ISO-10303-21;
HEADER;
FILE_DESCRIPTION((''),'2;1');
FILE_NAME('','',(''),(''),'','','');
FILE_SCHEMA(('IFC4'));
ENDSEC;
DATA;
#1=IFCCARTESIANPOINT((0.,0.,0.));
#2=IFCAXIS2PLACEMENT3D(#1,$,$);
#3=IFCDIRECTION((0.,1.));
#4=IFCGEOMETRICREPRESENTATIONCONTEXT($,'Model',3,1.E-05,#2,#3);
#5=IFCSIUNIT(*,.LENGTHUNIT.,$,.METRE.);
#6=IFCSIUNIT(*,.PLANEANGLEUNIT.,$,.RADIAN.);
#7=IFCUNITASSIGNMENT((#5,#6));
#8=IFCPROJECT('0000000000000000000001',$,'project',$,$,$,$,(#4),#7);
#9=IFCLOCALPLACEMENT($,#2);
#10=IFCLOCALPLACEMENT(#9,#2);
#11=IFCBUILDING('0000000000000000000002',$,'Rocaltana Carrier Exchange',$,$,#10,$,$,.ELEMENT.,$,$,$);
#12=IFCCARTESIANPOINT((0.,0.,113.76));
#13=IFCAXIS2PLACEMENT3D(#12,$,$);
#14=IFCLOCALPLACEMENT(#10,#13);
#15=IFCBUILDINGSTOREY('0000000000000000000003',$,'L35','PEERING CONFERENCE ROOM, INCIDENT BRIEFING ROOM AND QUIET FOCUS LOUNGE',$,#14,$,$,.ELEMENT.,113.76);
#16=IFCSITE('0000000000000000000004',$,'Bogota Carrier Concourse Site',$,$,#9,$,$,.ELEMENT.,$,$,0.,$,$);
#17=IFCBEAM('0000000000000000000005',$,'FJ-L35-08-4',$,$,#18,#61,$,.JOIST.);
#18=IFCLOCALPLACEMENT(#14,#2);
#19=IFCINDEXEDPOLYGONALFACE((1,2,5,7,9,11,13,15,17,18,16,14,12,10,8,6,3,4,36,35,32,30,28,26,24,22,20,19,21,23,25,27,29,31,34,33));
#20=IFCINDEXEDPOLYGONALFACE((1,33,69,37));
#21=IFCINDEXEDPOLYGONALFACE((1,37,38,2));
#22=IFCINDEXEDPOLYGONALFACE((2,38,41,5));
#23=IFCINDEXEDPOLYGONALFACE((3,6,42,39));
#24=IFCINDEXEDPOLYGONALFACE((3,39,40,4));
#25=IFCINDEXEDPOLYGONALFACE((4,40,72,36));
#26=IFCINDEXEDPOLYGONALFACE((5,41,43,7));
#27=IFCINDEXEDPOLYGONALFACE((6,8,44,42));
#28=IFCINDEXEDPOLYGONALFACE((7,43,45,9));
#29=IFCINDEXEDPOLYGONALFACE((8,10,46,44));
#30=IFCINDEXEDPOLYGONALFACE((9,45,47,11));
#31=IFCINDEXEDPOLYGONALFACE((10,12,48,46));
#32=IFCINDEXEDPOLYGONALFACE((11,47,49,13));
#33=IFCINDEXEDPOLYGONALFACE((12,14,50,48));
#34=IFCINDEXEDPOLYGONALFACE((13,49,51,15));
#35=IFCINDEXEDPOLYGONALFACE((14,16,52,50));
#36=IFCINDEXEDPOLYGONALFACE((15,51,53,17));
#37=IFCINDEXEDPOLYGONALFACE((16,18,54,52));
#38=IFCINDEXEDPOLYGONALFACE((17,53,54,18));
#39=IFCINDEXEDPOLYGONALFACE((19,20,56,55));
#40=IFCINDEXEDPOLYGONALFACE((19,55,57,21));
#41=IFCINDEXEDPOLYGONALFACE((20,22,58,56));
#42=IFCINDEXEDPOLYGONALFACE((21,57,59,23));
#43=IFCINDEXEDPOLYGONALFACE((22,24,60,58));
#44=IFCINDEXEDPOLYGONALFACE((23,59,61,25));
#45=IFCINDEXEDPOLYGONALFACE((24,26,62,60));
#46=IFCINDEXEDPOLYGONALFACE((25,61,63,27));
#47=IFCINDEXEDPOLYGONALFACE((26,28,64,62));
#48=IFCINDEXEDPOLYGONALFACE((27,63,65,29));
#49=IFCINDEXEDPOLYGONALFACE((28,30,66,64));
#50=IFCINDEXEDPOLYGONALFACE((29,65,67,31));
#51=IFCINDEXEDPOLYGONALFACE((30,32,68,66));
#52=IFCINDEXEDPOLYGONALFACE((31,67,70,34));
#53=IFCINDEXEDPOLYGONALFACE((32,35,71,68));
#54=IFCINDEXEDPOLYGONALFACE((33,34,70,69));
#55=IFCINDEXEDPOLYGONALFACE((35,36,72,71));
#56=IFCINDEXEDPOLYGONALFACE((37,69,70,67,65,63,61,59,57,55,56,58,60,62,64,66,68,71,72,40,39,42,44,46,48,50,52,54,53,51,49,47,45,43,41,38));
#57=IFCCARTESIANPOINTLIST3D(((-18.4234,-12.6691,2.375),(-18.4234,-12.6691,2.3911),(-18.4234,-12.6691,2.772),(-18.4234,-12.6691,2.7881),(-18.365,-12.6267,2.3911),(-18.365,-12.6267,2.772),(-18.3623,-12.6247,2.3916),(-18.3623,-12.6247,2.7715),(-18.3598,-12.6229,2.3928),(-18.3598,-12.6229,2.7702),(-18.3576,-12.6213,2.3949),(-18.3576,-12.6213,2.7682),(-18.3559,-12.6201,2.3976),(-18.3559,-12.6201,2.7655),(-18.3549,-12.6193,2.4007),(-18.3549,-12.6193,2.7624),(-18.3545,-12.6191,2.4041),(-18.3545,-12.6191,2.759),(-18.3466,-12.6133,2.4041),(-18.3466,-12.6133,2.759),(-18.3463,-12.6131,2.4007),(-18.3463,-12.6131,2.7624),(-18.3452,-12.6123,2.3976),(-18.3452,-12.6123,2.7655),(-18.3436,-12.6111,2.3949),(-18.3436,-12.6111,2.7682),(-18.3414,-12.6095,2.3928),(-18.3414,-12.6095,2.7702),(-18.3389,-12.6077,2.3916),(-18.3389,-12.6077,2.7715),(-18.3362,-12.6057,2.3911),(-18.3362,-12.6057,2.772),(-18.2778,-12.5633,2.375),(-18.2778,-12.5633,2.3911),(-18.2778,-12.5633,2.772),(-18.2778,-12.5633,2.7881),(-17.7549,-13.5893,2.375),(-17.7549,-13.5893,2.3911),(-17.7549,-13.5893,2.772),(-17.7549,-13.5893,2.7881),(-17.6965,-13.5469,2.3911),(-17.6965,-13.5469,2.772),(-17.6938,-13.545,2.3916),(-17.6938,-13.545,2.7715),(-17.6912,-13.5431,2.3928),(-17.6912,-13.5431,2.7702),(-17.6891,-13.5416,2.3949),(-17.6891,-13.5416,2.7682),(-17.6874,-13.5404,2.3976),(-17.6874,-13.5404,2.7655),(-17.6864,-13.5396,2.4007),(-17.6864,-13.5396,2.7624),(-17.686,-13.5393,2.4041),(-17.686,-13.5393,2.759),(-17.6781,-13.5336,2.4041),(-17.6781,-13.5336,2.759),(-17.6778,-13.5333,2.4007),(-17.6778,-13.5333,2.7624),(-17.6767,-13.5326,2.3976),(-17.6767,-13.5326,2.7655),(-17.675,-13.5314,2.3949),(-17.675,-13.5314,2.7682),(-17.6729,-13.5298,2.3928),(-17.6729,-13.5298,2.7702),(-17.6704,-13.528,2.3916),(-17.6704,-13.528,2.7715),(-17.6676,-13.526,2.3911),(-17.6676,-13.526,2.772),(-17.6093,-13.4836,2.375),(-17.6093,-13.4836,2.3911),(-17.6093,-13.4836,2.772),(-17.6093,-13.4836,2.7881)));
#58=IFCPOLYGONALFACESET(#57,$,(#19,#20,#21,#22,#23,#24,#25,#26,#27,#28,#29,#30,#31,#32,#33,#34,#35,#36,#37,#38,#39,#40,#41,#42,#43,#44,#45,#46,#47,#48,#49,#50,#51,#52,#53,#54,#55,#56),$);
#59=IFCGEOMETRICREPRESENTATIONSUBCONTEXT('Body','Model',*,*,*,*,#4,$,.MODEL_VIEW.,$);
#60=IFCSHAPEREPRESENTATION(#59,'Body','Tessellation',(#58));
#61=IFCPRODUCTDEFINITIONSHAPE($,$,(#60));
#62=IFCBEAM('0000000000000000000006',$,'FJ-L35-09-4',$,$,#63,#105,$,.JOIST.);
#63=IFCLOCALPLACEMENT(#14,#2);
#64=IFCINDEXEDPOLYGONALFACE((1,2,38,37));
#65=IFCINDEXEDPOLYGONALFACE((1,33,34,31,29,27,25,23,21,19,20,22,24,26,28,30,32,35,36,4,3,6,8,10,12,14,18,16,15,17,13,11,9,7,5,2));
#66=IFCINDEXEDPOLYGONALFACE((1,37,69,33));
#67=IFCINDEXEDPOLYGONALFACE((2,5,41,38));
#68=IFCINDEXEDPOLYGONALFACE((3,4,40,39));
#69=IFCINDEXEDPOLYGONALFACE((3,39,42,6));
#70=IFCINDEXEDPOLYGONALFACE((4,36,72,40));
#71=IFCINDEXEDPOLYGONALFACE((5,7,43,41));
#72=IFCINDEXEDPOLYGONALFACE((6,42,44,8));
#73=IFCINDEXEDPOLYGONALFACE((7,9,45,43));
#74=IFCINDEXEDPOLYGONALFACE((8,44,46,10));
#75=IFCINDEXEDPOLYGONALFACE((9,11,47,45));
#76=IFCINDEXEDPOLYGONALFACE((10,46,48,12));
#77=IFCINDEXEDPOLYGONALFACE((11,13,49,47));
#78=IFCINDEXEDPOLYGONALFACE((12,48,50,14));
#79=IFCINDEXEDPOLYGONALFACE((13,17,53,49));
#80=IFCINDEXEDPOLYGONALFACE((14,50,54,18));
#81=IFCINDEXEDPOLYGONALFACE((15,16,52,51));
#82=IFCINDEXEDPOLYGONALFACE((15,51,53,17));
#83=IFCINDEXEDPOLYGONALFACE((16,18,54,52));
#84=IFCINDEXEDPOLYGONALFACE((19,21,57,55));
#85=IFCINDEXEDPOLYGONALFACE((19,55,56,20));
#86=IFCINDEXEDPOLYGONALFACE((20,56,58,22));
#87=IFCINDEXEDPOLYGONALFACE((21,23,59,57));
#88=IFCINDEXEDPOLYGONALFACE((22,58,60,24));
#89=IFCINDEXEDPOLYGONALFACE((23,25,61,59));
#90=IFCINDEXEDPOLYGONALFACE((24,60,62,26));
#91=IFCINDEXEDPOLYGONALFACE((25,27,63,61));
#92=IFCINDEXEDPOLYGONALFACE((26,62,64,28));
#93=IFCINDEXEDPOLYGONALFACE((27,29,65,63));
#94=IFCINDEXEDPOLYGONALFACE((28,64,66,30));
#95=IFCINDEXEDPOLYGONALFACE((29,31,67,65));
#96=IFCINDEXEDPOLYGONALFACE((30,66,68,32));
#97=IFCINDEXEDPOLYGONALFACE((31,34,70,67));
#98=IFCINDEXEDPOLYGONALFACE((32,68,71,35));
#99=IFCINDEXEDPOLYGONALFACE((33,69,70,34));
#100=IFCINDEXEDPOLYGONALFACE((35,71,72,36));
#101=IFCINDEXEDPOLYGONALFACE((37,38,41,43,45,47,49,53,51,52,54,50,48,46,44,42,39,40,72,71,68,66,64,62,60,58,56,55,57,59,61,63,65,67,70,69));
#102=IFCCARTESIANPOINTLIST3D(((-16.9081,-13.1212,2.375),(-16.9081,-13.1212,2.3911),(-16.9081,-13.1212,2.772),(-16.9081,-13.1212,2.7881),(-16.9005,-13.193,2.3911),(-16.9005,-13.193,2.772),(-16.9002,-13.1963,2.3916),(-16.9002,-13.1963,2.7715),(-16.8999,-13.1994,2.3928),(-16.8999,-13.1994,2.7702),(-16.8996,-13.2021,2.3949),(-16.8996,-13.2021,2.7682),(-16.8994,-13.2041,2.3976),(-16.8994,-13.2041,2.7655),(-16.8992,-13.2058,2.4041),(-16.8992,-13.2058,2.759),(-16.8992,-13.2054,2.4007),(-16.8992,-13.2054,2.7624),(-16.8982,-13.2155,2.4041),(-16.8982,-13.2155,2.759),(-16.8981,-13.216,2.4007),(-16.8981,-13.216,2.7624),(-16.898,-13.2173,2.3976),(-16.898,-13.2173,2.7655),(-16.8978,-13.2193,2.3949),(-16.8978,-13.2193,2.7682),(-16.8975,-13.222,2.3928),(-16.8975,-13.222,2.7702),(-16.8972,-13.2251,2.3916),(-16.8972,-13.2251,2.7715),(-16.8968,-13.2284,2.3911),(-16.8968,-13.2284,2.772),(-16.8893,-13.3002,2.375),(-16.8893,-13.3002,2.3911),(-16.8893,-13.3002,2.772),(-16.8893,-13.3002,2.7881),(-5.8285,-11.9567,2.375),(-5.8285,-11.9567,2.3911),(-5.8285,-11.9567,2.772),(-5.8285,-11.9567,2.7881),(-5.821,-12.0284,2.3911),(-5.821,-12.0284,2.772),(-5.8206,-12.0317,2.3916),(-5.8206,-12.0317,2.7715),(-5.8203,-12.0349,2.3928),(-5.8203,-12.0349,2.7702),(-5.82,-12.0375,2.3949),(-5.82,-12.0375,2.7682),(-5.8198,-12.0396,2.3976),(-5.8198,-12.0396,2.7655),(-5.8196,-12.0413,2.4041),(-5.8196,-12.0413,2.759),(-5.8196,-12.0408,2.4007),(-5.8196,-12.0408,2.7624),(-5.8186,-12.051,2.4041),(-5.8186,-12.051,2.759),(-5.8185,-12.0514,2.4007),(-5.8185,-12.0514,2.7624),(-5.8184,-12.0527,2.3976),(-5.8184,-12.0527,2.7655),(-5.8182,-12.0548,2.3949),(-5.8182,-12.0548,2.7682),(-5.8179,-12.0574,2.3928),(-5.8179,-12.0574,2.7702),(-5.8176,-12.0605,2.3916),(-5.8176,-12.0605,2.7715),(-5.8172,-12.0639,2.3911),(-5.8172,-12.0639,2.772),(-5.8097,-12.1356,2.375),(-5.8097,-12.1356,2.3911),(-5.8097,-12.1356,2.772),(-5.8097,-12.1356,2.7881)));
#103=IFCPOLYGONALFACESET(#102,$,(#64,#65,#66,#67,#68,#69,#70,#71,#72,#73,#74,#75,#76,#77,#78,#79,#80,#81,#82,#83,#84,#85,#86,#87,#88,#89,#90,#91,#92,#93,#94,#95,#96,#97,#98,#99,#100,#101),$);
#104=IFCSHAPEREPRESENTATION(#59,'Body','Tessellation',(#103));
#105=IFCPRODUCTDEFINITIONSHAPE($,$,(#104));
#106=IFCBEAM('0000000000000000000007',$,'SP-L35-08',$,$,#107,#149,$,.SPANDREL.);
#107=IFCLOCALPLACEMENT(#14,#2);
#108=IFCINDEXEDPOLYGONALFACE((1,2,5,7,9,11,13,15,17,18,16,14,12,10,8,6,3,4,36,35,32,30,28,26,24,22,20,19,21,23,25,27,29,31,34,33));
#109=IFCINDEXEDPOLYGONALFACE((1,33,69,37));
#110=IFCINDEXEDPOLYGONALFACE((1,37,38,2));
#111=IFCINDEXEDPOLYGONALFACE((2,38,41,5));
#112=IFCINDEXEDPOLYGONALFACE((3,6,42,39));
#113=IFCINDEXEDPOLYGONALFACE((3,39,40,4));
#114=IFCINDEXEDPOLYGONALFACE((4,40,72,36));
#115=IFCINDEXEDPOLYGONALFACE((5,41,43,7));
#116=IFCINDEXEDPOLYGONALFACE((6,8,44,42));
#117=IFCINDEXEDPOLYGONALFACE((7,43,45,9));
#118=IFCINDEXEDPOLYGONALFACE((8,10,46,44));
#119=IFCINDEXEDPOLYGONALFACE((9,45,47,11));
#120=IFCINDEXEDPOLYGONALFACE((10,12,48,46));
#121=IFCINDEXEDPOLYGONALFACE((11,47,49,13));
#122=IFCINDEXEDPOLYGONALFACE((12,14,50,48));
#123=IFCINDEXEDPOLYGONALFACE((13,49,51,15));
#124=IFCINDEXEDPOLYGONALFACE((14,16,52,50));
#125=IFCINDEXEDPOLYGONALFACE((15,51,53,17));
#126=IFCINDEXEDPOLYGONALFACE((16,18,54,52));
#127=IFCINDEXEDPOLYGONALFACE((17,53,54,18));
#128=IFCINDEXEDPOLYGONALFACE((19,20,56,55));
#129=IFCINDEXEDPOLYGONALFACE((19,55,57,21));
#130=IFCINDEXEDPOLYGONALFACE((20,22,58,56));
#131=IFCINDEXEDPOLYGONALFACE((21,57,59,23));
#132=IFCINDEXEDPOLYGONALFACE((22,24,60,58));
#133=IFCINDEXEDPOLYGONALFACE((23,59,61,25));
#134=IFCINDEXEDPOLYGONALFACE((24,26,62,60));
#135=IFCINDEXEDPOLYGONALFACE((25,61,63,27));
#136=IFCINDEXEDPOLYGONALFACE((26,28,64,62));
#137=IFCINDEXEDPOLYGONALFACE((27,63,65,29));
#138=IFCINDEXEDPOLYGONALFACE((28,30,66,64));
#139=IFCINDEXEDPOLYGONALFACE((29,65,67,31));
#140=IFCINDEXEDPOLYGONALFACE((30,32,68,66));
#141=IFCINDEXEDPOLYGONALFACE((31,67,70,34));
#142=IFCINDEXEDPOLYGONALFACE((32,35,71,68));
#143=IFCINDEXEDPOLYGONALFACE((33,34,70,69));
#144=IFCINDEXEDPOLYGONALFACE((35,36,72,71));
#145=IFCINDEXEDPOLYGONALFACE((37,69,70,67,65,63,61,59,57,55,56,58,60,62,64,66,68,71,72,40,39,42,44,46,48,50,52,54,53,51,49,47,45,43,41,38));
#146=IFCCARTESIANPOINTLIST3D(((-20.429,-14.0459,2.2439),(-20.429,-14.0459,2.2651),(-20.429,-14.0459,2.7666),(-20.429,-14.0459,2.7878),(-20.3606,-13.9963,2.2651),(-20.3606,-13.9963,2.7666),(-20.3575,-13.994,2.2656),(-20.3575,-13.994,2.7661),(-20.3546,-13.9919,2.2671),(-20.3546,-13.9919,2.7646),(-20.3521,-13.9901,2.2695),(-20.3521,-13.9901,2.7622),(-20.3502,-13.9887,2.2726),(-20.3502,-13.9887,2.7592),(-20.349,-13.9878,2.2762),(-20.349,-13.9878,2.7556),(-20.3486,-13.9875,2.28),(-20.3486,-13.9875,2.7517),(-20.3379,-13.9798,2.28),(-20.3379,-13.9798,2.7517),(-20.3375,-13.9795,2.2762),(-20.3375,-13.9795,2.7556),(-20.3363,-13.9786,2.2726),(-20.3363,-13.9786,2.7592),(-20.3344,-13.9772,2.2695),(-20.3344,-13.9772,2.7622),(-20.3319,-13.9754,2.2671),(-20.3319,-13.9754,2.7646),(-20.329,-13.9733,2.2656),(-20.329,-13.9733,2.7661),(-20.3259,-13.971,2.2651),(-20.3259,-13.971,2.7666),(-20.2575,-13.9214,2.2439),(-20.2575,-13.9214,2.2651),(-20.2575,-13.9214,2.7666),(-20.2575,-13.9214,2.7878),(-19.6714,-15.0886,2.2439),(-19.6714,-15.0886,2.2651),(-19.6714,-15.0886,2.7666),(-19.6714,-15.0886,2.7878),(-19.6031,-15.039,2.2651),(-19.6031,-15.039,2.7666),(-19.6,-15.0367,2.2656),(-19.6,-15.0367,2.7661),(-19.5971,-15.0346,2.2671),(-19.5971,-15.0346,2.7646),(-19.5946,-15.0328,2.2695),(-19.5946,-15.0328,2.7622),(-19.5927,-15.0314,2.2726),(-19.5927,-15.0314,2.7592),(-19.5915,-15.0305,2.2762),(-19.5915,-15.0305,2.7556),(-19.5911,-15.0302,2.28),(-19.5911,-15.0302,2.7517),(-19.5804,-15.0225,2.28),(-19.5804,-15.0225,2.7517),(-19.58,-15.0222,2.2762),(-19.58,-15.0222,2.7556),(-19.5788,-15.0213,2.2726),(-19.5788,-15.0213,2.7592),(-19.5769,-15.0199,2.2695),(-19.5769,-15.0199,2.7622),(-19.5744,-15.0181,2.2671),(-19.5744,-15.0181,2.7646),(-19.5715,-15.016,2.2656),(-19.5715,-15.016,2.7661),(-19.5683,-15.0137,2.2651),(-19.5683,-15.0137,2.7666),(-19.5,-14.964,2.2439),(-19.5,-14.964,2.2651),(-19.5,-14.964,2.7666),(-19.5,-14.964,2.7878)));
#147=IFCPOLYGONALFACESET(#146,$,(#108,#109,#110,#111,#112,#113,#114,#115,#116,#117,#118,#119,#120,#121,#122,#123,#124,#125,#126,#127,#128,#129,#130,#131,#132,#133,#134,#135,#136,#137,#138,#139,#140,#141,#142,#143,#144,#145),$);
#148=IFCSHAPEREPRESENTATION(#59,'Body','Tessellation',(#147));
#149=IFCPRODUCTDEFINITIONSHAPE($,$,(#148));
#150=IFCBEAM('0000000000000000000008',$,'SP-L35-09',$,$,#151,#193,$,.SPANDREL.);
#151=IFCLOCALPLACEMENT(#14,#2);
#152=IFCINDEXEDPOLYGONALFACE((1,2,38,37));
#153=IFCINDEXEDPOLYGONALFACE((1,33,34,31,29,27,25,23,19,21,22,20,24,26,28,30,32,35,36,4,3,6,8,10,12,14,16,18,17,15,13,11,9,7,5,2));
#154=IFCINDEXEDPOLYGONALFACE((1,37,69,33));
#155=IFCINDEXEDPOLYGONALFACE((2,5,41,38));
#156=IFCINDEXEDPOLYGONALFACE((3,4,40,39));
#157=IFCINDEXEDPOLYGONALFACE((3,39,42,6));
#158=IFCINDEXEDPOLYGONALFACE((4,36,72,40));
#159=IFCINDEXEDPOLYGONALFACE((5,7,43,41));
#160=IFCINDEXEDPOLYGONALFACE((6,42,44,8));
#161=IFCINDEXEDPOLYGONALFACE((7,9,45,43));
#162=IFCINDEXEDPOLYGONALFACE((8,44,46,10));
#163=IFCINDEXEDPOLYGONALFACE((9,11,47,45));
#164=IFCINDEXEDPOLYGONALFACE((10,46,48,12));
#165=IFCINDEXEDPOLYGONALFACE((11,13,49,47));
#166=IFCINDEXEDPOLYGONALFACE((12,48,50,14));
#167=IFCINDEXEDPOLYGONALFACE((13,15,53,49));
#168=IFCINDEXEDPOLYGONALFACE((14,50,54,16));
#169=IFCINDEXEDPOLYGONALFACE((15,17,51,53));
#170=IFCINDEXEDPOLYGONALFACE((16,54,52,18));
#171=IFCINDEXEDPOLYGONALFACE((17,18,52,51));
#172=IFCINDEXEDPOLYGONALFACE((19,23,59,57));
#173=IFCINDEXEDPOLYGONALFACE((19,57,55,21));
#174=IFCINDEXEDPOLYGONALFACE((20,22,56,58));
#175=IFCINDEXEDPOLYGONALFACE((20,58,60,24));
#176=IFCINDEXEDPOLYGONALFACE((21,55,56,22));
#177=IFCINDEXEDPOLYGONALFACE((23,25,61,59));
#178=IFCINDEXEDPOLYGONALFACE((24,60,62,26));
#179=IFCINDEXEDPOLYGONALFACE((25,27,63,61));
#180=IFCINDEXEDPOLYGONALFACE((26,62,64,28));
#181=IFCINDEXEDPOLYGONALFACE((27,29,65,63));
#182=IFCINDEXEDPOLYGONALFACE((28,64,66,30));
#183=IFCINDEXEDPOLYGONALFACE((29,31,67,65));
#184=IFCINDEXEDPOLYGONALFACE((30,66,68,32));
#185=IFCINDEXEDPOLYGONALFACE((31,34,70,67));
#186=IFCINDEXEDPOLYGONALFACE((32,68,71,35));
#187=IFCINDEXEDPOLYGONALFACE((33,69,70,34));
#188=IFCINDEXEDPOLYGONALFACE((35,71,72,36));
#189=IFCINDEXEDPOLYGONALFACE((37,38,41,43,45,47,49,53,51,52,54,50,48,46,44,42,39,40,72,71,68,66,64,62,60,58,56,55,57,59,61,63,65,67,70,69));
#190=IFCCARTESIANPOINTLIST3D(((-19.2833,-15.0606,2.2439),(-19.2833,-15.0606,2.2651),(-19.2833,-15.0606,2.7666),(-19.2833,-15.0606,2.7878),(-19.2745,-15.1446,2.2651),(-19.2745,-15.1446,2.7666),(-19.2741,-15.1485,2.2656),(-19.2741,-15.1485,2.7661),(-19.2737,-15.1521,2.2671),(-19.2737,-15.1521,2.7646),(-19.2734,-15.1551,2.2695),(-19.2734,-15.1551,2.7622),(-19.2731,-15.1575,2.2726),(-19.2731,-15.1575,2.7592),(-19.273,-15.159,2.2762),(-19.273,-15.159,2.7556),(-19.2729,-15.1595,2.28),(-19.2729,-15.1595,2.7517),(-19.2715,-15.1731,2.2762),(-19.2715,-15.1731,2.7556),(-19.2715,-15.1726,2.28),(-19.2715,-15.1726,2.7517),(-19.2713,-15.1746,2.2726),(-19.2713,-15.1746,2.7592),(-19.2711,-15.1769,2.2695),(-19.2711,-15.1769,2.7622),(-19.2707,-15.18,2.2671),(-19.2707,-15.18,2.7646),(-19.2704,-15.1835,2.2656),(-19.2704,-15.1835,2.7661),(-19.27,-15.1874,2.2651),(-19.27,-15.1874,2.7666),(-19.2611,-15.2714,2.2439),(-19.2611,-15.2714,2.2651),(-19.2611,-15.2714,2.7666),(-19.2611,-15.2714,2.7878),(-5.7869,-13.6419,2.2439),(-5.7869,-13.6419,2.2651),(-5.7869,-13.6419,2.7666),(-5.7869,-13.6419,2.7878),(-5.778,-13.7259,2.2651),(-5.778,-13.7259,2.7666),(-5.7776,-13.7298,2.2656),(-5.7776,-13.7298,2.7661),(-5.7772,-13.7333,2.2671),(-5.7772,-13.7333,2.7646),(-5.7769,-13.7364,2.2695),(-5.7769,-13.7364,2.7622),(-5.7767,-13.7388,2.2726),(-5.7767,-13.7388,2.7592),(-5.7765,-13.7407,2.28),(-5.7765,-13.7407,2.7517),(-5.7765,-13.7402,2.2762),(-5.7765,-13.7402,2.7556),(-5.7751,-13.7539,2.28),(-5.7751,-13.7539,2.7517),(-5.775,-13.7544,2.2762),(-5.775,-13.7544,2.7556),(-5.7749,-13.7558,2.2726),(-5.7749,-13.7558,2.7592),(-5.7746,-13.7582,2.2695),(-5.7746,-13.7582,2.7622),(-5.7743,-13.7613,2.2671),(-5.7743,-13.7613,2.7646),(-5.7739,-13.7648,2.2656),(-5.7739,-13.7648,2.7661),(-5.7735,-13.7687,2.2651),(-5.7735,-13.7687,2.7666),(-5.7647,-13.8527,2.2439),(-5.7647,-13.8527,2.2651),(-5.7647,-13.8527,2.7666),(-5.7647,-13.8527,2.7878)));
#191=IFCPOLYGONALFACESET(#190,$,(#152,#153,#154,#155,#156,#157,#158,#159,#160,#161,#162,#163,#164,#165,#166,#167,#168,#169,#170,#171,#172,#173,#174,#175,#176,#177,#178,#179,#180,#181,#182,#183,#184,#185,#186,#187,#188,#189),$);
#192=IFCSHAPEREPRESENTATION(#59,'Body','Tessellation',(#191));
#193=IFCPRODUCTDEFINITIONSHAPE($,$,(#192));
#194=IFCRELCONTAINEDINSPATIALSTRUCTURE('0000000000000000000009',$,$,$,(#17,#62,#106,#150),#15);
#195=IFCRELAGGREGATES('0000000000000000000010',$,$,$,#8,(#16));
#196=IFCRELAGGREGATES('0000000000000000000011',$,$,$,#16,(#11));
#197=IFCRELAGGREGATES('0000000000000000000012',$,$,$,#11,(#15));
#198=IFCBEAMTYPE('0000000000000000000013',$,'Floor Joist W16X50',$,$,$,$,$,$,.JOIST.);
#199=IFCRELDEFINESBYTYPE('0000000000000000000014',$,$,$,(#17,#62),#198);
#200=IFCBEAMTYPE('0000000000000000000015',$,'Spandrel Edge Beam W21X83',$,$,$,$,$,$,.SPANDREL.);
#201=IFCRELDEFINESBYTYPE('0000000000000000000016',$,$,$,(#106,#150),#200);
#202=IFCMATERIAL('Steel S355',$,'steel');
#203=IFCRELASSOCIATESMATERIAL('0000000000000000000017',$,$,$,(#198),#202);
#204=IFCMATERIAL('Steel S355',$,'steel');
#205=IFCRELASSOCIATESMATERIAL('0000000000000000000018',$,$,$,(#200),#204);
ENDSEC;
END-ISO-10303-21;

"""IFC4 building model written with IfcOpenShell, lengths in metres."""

from ifc_helpers import new_model, si_unit, direction, frame, origin, origin_2d, place, context, subcontext, project, spatial, i_section, extrude, material, material_profile, profile_set, type_object, element, save


model = new_model("IFC4")

# Units and contexts
model_context = context("Model", 3, precision=1e-05, world=origin(), true_north=direction((0.0, 1.0)))
body_context = subcontext(model_context, "Body", "Model", "MODEL_VIEW")
ifc_project = project(units=[si_unit("LENGTHUNIT", "METRE"), si_unit("PLANEANGLEUNIT", "RADIAN")], contexts=[model_context])

# Site, building, storey
site_placement = place(None, origin())
site = spatial("IfcSite", under=ifc_project, at=site_placement, Name="Bogota Carrier Concourse Site", CompositionType="ELEMENT", RefElevation=0.0)
building_placement = place(site_placement, origin())
building = spatial("IfcBuilding", under=site, at=building_placement, Name="Rocaltana Carrier Exchange", CompositionType="ELEMENT")
storey_placement = place(building_placement, frame((0.0, 0.0, 113.76)))
storey = spatial("IfcBuildingStorey", under=building, at=storey_placement, Name="L35", Description="PEERING CONFERENCE ROOM, INCIDENT BRIEFING ROOM AND QUIET FOCUS LOUNGE", CompositionType="ELEMENT", Elevation=113.76)

# Beams
ifc_material_1 = material(Name="Steel S355", Category="steel")
ifc_material_profile_1 = material_profile(ifc_material_1, i_section(OverallWidth=0.1799, OverallDepth=0.4131, WebThickness=0.0098, FlangeThickness=0.0161, FilletRadius=0.0129, at=origin_2d()), Name="W16X50")
ifc_profile_set_1 = profile_set([ifc_material_profile_1], Name="Steel S355")
beam_type_1 = type_object("IfcBeamType", Name="Floor Joist W16X50", PredefinedType="JOIST", material=ifc_profile_set_1)
beam_1_placement = place(storey_placement, frame((-18.3506, -12.6162, 2.5815), z_axis=(0.587738, -0.809052, 0.0), x_axis=(0.809052, 0.587738, 0.0)))
element("IfcBeam", 1, at=beam_1_placement, inside=storey, type_object=beam_type_1, Name="FJ-L35-08-4", PredefinedType="JOIST", context=body_context, shape_type="SweptSolid", body=[
    extrude(i_section(OverallWidth=0.1799, OverallDepth=0.4131, WebThickness=0.0098, FlangeThickness=0.0161, FilletRadius=0.0129, at=origin_2d()), origin(), (0.0, 0.0, 1.0), 1.1375),
])
beam_2_placement = place(storey_placement, frame((-16.8987, -13.2107, 2.5815), z_axis=(0.994522, 0.104532, 0.0), x_axis=(-0.104532, 0.994522, 0.0)))
element("IfcBeam", 2, at=beam_2_placement, inside=storey, type_object=beam_type_1, Name="FJ-L35-09-4", PredefinedType="JOIST", context=body_context, shape_type="SweptSolid", body=[
    extrude(i_section(OverallWidth=0.1799, OverallDepth=0.4131, WebThickness=0.0098, FlangeThickness=0.0161, FilletRadius=0.0129, at=origin_2d()), origin(), (0.0, 0.0, 1.0), 11.1406),
])
ifc_material_2 = material(Name="Steel S355", Category="steel")
ifc_material_profile_2 = material_profile(ifc_material_2, i_section(OverallWidth=0.2119, OverallDepth=0.5439, WebThickness=0.0132, FlangeThickness=0.0212, FilletRadius=0.0149, at=origin_2d()), Name="W21X83")
ifc_profile_set_2 = profile_set([ifc_material_profile_2], Name="Steel S355")
beam_type_2 = type_object("IfcBeamType", Name="Spandrel Edge Beam W21X83", PredefinedType="SPANDREL", material=ifc_profile_set_2)
beam_3_placement = place(storey_placement, frame((-20.3433, -13.9836, 2.5159), z_axis=(0.587777, -0.809023, 0.0), x_axis=(0.809023, 0.587777, 0.0)))
element("IfcBeam", 3, at=beam_3_placement, inside=storey, type_object=beam_type_2, Name="SP-L35-08", PredefinedType="SPANDREL", context=body_context, shape_type="SweptSolid", body=[
    extrude(i_section(OverallWidth=0.2119, OverallDepth=0.5439, WebThickness=0.0132, FlangeThickness=0.0212, FilletRadius=0.0149, at=origin_2d()), origin(), (0.0, 0.0, 1.0), 1.2888),
])
beam_4_placement = place(storey_placement, frame((-19.2722, -15.166, 2.5159), z_axis=(0.994521, 0.104542, 0.0), x_axis=(-0.104542, 0.994521, 0.0)))
element("IfcBeam", 4, at=beam_4_placement, inside=storey, type_object=beam_type_2, Name="SP-L35-09", PredefinedType="SPANDREL", context=body_context, shape_type="SweptSolid", body=[
    extrude(i_section(OverallWidth=0.2119, OverallDepth=0.5439, WebThickness=0.0132, FlangeThickness=0.0212, FilletRadius=0.0149, at=origin_2d()), origin(), (0.0, 0.0, 1.0), 13.5708),
])

save(model, "model.ifc")
